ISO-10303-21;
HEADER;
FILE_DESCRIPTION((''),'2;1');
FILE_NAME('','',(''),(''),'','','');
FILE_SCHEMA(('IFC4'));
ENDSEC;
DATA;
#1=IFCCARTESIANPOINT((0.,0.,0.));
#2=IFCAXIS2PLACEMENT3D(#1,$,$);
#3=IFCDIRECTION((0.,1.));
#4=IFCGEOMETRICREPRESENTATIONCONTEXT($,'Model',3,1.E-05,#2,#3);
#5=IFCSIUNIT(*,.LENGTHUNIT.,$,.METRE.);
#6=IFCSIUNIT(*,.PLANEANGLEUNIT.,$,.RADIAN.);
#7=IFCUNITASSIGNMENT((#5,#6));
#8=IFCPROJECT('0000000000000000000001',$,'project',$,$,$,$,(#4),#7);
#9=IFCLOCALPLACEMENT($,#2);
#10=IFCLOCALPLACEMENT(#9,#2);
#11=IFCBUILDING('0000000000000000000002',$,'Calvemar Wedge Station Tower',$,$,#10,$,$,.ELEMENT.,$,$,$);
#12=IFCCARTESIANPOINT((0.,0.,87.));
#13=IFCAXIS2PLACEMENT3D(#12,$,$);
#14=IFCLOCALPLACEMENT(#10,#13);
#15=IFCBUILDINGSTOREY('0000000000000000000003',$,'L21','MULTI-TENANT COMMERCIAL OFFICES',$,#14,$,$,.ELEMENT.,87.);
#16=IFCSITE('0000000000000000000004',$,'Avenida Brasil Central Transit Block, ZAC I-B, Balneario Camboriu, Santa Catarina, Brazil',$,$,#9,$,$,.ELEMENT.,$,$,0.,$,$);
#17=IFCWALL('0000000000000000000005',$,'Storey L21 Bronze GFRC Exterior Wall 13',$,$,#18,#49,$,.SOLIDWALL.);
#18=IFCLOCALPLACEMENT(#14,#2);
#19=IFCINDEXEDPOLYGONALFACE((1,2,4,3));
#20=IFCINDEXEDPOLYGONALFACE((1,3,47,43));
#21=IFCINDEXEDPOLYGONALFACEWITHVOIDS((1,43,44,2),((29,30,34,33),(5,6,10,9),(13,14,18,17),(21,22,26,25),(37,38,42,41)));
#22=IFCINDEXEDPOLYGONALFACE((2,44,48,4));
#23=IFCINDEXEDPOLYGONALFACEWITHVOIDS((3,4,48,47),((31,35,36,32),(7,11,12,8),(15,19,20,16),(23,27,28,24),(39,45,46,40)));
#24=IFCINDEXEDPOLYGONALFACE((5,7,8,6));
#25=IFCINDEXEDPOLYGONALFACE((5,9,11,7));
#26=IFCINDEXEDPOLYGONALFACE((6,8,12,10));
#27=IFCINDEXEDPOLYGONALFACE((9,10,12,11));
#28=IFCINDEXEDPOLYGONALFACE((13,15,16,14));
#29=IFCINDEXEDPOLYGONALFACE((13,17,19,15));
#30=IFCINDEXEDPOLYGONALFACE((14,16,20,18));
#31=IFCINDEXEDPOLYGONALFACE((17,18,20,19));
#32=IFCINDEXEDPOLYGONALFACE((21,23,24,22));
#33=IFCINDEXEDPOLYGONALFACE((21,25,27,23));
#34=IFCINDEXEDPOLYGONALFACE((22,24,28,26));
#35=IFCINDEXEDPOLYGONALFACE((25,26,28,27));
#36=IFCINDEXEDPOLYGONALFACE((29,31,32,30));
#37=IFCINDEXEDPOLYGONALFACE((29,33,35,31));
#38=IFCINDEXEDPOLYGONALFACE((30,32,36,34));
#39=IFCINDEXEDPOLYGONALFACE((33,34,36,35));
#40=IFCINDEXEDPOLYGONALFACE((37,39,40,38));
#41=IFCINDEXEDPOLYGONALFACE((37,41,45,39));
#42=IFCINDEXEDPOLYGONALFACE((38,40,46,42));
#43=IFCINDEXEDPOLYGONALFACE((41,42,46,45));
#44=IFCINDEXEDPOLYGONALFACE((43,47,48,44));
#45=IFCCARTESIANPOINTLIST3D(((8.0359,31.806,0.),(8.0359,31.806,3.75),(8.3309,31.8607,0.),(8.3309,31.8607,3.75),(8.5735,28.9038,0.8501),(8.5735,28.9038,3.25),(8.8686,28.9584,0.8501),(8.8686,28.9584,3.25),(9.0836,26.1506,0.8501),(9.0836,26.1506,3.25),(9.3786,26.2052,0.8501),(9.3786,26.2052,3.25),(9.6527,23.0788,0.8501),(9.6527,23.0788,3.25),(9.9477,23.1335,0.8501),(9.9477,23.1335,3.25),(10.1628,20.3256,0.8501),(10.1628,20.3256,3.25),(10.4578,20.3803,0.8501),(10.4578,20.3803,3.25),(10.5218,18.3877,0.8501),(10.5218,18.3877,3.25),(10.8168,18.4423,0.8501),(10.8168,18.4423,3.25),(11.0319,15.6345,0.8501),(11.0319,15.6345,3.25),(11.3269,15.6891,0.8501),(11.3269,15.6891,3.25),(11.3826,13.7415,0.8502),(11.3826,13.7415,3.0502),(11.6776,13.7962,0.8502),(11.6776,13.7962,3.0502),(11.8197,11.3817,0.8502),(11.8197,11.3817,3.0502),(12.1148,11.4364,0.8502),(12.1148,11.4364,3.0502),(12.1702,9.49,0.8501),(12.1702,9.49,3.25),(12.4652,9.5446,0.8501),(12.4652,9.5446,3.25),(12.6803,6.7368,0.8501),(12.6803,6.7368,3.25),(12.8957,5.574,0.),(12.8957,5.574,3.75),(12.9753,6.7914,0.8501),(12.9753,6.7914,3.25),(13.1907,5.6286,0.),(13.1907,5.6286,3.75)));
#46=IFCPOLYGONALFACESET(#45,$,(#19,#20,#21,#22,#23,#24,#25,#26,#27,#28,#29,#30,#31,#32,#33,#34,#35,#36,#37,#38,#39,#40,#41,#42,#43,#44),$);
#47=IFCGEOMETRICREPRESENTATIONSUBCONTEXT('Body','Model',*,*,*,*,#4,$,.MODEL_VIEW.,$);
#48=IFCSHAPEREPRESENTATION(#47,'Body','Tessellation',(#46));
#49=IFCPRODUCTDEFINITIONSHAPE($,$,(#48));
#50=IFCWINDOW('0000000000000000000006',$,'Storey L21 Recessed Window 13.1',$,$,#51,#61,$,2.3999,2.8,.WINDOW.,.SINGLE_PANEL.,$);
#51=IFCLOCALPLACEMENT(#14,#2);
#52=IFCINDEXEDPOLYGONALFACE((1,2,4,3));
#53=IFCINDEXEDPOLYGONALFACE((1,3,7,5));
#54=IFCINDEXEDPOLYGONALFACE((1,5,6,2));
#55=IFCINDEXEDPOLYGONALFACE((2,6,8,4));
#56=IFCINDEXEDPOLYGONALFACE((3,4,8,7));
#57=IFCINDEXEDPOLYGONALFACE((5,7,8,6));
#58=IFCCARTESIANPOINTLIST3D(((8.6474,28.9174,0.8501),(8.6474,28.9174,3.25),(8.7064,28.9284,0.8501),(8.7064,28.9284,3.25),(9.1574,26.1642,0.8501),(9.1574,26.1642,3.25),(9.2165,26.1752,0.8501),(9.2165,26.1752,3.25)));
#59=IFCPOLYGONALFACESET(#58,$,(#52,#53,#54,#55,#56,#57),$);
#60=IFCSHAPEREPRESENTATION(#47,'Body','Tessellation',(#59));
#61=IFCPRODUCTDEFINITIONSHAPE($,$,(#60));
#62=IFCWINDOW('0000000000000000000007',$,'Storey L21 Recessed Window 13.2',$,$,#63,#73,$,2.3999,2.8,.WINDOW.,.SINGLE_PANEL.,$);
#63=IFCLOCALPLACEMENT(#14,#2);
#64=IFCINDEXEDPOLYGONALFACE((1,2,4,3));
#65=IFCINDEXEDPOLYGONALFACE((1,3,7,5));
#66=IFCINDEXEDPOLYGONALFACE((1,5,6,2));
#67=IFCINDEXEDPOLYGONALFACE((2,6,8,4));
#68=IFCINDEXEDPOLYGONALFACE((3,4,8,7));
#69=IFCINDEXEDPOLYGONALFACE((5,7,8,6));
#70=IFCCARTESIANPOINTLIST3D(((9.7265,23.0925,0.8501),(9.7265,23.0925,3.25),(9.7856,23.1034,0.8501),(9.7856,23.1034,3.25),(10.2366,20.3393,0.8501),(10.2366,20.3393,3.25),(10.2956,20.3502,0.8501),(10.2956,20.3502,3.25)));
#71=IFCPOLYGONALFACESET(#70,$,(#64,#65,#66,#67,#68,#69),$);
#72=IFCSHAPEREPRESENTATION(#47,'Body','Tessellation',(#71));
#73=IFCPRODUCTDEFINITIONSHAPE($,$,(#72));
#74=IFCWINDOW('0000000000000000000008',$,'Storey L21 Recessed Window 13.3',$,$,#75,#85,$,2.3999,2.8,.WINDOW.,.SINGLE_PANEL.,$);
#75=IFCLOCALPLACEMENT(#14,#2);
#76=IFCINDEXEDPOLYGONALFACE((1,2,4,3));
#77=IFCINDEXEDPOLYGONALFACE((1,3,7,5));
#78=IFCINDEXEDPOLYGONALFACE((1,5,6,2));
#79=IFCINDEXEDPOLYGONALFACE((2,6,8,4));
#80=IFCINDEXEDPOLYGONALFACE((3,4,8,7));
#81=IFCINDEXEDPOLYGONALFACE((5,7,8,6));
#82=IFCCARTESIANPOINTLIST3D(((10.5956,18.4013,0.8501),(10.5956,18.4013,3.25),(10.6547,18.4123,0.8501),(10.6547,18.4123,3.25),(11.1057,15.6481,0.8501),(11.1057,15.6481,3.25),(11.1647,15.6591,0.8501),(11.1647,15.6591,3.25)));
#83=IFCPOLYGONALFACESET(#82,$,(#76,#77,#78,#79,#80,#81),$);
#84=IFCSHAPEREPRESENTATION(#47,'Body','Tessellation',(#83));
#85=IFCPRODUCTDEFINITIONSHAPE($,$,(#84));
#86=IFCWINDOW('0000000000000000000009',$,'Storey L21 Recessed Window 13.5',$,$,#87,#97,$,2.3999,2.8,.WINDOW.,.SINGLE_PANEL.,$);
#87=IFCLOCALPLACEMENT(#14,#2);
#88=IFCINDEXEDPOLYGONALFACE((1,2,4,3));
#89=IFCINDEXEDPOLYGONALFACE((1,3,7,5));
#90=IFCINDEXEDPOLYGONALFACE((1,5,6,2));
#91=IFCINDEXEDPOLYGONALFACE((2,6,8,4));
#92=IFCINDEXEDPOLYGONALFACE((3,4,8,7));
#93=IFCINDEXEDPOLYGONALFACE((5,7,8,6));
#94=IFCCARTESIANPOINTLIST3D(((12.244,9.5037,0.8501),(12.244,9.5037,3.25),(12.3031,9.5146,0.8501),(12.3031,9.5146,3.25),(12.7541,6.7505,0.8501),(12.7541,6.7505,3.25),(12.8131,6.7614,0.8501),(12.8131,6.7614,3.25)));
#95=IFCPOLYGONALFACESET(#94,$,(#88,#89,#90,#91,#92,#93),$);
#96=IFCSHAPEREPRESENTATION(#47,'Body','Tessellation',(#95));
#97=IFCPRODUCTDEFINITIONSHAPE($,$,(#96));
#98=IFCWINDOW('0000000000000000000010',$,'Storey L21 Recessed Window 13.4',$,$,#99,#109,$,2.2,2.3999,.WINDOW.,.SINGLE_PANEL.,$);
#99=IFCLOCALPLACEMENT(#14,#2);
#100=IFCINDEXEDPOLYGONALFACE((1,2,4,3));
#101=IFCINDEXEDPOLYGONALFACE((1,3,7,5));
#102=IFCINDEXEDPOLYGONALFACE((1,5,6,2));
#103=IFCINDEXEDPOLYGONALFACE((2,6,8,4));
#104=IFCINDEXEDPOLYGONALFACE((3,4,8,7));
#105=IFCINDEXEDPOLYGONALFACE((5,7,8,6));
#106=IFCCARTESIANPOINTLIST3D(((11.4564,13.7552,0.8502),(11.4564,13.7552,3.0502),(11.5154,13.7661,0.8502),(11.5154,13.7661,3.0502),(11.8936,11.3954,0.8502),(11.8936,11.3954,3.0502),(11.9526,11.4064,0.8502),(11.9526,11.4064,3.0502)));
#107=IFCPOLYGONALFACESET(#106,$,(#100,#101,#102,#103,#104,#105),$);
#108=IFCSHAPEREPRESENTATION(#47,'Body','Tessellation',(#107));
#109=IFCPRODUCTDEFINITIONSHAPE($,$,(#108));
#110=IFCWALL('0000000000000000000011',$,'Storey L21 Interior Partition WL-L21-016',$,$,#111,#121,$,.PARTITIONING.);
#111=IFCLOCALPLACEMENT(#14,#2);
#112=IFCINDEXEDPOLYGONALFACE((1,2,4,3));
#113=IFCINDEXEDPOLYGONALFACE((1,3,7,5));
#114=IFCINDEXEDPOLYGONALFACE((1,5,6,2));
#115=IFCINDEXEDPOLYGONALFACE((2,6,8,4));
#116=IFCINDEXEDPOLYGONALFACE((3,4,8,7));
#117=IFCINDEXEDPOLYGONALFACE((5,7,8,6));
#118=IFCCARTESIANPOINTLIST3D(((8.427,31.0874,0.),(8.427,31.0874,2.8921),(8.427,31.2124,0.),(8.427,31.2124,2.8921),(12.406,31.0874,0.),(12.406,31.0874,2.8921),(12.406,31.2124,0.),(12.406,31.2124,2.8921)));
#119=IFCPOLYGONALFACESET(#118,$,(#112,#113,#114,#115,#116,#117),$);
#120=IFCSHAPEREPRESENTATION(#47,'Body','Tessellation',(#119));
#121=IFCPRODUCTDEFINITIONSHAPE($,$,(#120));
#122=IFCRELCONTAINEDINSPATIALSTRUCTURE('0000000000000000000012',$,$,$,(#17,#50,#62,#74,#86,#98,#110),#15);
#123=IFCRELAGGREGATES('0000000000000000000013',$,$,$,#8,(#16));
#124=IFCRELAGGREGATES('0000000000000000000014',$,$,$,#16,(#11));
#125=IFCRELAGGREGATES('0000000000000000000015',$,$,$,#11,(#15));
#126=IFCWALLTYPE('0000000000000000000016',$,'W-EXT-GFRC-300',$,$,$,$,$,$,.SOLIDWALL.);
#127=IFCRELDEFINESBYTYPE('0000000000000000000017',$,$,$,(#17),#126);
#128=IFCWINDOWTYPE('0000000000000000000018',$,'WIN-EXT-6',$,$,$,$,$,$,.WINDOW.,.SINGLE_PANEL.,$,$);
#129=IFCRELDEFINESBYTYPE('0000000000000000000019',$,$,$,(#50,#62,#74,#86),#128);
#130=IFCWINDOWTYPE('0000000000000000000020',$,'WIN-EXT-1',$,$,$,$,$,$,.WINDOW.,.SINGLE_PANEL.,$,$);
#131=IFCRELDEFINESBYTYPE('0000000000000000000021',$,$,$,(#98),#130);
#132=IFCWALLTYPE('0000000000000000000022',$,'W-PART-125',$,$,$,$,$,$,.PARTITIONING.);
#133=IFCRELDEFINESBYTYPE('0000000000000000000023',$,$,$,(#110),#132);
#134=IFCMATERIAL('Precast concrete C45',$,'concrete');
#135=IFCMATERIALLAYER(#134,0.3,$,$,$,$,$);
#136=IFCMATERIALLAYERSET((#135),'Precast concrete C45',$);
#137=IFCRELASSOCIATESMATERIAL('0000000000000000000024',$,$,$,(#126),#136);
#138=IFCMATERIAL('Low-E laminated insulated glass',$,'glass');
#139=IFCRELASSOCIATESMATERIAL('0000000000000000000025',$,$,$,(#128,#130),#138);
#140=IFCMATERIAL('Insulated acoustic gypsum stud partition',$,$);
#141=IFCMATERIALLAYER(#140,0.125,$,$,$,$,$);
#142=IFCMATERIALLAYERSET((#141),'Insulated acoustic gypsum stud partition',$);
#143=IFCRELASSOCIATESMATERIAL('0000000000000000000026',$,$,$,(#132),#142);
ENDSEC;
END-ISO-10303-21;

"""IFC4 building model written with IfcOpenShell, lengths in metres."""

from ifc_helpers import new_model, si_unit, direction, frame, frame_2d, origin, place, context, subcontext, project, spatial, rectangle, extrude, source, transform, mapped, material, layer, layer_set, type_object, element, fill, save


model = new_model("IFC4")

# Units and contexts
model_context = context("Model", 3, precision=1e-05, world=origin(), true_north=direction((0.0, 1.0)))
body_context = subcontext(model_context, "Body", "Model", "MODEL_VIEW")
ifc_project = project(units=[si_unit("LENGTHUNIT", "METRE"), si_unit("PLANEANGLEUNIT", "RADIAN")], contexts=[model_context])

# Site, building, storey
site_placement = place(None, origin())
site = spatial("IfcSite", under=ifc_project, at=site_placement, Name="Avenida Brasil Central Transit Block, ZAC I-B, Balneario Camboriu, Santa Catarina, Brazil", CompositionType="ELEMENT", RefElevation=0.0)
building_placement = place(site_placement, origin())
building = spatial("IfcBuilding", under=site, at=building_placement, Name="Calvemar Wedge Station Tower", CompositionType="ELEMENT")
storey_placement = place(building_placement, frame((0.0, 0.0, 87.0)))
storey = spatial("IfcBuildingStorey", under=building, at=storey_placement, Name="L21", Description="MULTI-TENANT COMMERCIAL OFFICES", CompositionType="ELEMENT", Elevation=87.0)

# Wall, openings, windows
ifc_material_1 = material(Name="Precast concrete C45", Category="concrete")
ifc_layer_1 = layer(ifc_material_1, 0.3)
ifc_layer_set_1 = layer_set([ifc_layer_1], Name="Precast concrete C45")
wall_type_1 = type_object("IfcWallType", Name="W-EXT-GFRC-300", PredefinedType="SOLIDWALL", material=ifc_layer_set_1)
wall_1_placement = place(storey_placement, frame((8.1833, 31.8335, 0.0), z_axis=(0.0, 0.0, 1.0), x_axis=(0.182164, -0.983268, 0.0)))
wall_1 = element("IfcWall", 1, at=wall_1_placement, inside=storey, type_object=wall_type_1, Name="Storey L21 Bronze GFRC Exterior Wall 13", PredefinedType="SOLIDWALL", context=body_context, shape_type="SweptSolid", body=[
    extrude(rectangle(XDim=26.6785, YDim=0.3, at=frame_2d((13.3394, 0.0))), origin(), (0.0, 0.0, 1.0), 3.75),
])
shared_shape_1 = source(origin(), body_context, "Body", "SweptSolid", [
    extrude(rectangle(XDim=2.8, YDim=2.3999, at=frame_2d((1.3999, 1.2))), frame((0.0, 0.1602, 0.0), z_axis=(0.0, -1.0, 0.0), x_axis=(1.0, 0.0, 0.0)), (0.0, 0.0, 1.0), 0.3201),
])
opening_1_placement = place(wall_1_placement, frame((2.9519, 0.0, 0.8501)))
opening_1 = element("IfcOpeningElement", 2, at=opening_1_placement, cuts=wall_1, PredefinedType="OPENING", context=body_context, shape_type="MappedRepresentation", body=[
    mapped(shared_shape_1, transform((0.0, 0.0, 0.0), scale=1.0)),
])
opening_2_placement = place(wall_1_placement, frame((8.876, 0.0, 0.8501)))
opening_2 = element("IfcOpeningElement", 3, at=opening_2_placement, cuts=wall_1, PredefinedType="OPENING", context=body_context, shape_type="MappedRepresentation", body=[
    mapped(shared_shape_1, transform((0.0, 0.0, 0.0), scale=1.0)),
])
opening_3_placement = place(wall_1_placement, frame((13.647, 0.0, 0.8501)))
opening_3 = element("IfcOpeningElement", 4, at=opening_3_placement, cuts=wall_1, PredefinedType="OPENING", context=body_context, shape_type="MappedRepresentation", body=[
    mapped(shared_shape_1, transform((0.0, 0.0, 0.0), scale=1.0)),
])
shared_shape_2 = source(origin(), body_context, "Body", "SweptSolid", [
    extrude(rectangle(XDim=2.3999, YDim=2.2, at=frame_2d((1.2, 1.1001))), frame((0.0, 0.1602, 0.0), z_axis=(0.0, -1.0, 0.0), x_axis=(1.0, 0.0, 0.0)), (0.0, 0.0, 1.0), 0.3201),
])
opening_4_placement = place(wall_1_placement, frame((18.3721, 0.0, 0.8501)))
opening_4 = element("IfcOpeningElement", 5, at=opening_4_placement, cuts=wall_1, PredefinedType="OPENING", context=body_context, shape_type="MappedRepresentation", body=[
    mapped(shared_shape_2, transform((0.0, 0.0, 0.0), scale=1.0)),
])
opening_5_placement = place(wall_1_placement, frame((22.696, 0.0, 0.8501)))
opening_5 = element("IfcOpeningElement", 6, at=opening_5_placement, cuts=wall_1, PredefinedType="OPENING", context=body_context, shape_type="MappedRepresentation", body=[
    mapped(shared_shape_1, transform((0.0, 0.0, 0.0), scale=1.0)),
])
ifc_material_2 = material(Name="Low-E laminated insulated glass", Category="glass")
window_type_1 = type_object("IfcWindowType", Name="WIN-EXT-6", PartitioningType="SINGLE_PANEL", PredefinedType="WINDOW", material=ifc_material_2)
shared_shape_3 = source(origin(), body_context, "Body", "SweptSolid", [
    extrude(rectangle(XDim=2.8, YDim=2.3999, at=frame_2d((1.3999, 1.2))), frame((0.0, -0.0149, 0.0), z_axis=(0.0, -1.0, 0.0), x_axis=(1.0, 0.0, 0.0)), (0.0, 0.0, 1.0), 0.0601),
])
window_1_placement = place(opening_1_placement, origin())
window_1 = element("IfcWindow", 7, at=window_1_placement, inside=storey, type_object=window_type_1, Name="Storey L21 Recessed Window 13.1", OverallHeight=2.3999, OverallWidth=2.8, PartitioningType="SINGLE_PANEL", PredefinedType="WINDOW", context=body_context, shape_type="MappedRepresentation", body=[
    mapped(shared_shape_3, transform((0.0, 0.0, 0.0), scale=1.0)),
])
fill(opening_1, window_1)
window_2_placement = place(opening_2_placement, origin())
window_2 = element("IfcWindow", 8, at=window_2_placement, inside=storey, type_object=window_type_1, Name="Storey L21 Recessed Window 13.2", OverallHeight=2.3999, OverallWidth=2.8, PartitioningType="SINGLE_PANEL", PredefinedType="WINDOW", context=body_context, shape_type="MappedRepresentation", body=[
    mapped(shared_shape_3, transform((0.0, 0.0, 0.0), scale=1.0)),
])
fill(opening_2, window_2)
window_3_placement = place(opening_3_placement, origin())
window_3 = element("IfcWindow", 9, at=window_3_placement, inside=storey, type_object=window_type_1, Name="Storey L21 Recessed Window 13.3", OverallHeight=2.3999, OverallWidth=2.8, PartitioningType="SINGLE_PANEL", PredefinedType="WINDOW", context=body_context, shape_type="MappedRepresentation", body=[
    mapped(shared_shape_3, transform((0.0, 0.0, 0.0), scale=1.0)),
])
fill(opening_3, window_3)
window_4_placement = place(opening_5_placement, origin())
window_4 = element("IfcWindow", 10, at=window_4_placement, inside=storey, type_object=window_type_1, Name="Storey L21 Recessed Window 13.5", OverallHeight=2.3999, OverallWidth=2.8, PartitioningType="SINGLE_PANEL", PredefinedType="WINDOW", context=body_context, shape_type="MappedRepresentation", body=[
    mapped(shared_shape_3, transform((0.0, 0.0, 0.0), scale=1.0)),
])
fill(opening_5, window_4)
window_type_2 = type_object("IfcWindowType", Name="WIN-EXT-1", PartitioningType="SINGLE_PANEL", PredefinedType="WINDOW", material=ifc_material_2)
shared_shape_4 = source(origin(), body_context, "Body", "SweptSolid", [
    extrude(rectangle(XDim=2.3999, YDim=2.2, at=frame_2d((1.2, 1.1001))), frame((0.0, -0.0149, 0.0), z_axis=(0.0, -1.0, 0.0), x_axis=(1.0, 0.0, 0.0)), (0.0, 0.0, 1.0), 0.0601),
])
window_5_placement = place(opening_4_placement, origin())
window_5 = element("IfcWindow", 11, at=window_5_placement, inside=storey, type_object=window_type_2, Name="Storey L21 Recessed Window 13.4", OverallHeight=2.2, OverallWidth=2.3999, PartitioningType="SINGLE_PANEL", PredefinedType="WINDOW", context=body_context, shape_type="MappedRepresentation", body=[
    mapped(shared_shape_4, transform((0.0, 0.0, 0.0), scale=1.0)),
])
fill(opening_4, window_5)

# Wall
ifc_material_3 = material(Name="Insulated acoustic gypsum stud partition")
ifc_layer_2 = layer(ifc_material_3, 0.125)
ifc_layer_set_2 = layer_set([ifc_layer_2], Name="Insulated acoustic gypsum stud partition")
wall_type_2 = type_object("IfcWallType", Name="W-PART-125", PredefinedType="PARTITIONING", material=ifc_layer_set_2)
wall_2_placement = place(storey_placement, frame((12.406, 31.1499, 0.0), z_axis=(0.0, 0.0, 1.0), x_axis=(-1.0, 0.0, 0.0)))
element("IfcWall", 12, at=wall_2_placement, inside=storey, type_object=wall_type_2, Name="Storey L21 Interior Partition WL-L21-016", PredefinedType="PARTITIONING", context=body_context, shape_type="SweptSolid", body=[
    extrude(rectangle(XDim=3.979, YDim=0.125, at=frame_2d((1.9895, 0.0))), origin(), (0.0, 0.0, 1.0), 2.8921),
])

save(model, "model.ifc")
